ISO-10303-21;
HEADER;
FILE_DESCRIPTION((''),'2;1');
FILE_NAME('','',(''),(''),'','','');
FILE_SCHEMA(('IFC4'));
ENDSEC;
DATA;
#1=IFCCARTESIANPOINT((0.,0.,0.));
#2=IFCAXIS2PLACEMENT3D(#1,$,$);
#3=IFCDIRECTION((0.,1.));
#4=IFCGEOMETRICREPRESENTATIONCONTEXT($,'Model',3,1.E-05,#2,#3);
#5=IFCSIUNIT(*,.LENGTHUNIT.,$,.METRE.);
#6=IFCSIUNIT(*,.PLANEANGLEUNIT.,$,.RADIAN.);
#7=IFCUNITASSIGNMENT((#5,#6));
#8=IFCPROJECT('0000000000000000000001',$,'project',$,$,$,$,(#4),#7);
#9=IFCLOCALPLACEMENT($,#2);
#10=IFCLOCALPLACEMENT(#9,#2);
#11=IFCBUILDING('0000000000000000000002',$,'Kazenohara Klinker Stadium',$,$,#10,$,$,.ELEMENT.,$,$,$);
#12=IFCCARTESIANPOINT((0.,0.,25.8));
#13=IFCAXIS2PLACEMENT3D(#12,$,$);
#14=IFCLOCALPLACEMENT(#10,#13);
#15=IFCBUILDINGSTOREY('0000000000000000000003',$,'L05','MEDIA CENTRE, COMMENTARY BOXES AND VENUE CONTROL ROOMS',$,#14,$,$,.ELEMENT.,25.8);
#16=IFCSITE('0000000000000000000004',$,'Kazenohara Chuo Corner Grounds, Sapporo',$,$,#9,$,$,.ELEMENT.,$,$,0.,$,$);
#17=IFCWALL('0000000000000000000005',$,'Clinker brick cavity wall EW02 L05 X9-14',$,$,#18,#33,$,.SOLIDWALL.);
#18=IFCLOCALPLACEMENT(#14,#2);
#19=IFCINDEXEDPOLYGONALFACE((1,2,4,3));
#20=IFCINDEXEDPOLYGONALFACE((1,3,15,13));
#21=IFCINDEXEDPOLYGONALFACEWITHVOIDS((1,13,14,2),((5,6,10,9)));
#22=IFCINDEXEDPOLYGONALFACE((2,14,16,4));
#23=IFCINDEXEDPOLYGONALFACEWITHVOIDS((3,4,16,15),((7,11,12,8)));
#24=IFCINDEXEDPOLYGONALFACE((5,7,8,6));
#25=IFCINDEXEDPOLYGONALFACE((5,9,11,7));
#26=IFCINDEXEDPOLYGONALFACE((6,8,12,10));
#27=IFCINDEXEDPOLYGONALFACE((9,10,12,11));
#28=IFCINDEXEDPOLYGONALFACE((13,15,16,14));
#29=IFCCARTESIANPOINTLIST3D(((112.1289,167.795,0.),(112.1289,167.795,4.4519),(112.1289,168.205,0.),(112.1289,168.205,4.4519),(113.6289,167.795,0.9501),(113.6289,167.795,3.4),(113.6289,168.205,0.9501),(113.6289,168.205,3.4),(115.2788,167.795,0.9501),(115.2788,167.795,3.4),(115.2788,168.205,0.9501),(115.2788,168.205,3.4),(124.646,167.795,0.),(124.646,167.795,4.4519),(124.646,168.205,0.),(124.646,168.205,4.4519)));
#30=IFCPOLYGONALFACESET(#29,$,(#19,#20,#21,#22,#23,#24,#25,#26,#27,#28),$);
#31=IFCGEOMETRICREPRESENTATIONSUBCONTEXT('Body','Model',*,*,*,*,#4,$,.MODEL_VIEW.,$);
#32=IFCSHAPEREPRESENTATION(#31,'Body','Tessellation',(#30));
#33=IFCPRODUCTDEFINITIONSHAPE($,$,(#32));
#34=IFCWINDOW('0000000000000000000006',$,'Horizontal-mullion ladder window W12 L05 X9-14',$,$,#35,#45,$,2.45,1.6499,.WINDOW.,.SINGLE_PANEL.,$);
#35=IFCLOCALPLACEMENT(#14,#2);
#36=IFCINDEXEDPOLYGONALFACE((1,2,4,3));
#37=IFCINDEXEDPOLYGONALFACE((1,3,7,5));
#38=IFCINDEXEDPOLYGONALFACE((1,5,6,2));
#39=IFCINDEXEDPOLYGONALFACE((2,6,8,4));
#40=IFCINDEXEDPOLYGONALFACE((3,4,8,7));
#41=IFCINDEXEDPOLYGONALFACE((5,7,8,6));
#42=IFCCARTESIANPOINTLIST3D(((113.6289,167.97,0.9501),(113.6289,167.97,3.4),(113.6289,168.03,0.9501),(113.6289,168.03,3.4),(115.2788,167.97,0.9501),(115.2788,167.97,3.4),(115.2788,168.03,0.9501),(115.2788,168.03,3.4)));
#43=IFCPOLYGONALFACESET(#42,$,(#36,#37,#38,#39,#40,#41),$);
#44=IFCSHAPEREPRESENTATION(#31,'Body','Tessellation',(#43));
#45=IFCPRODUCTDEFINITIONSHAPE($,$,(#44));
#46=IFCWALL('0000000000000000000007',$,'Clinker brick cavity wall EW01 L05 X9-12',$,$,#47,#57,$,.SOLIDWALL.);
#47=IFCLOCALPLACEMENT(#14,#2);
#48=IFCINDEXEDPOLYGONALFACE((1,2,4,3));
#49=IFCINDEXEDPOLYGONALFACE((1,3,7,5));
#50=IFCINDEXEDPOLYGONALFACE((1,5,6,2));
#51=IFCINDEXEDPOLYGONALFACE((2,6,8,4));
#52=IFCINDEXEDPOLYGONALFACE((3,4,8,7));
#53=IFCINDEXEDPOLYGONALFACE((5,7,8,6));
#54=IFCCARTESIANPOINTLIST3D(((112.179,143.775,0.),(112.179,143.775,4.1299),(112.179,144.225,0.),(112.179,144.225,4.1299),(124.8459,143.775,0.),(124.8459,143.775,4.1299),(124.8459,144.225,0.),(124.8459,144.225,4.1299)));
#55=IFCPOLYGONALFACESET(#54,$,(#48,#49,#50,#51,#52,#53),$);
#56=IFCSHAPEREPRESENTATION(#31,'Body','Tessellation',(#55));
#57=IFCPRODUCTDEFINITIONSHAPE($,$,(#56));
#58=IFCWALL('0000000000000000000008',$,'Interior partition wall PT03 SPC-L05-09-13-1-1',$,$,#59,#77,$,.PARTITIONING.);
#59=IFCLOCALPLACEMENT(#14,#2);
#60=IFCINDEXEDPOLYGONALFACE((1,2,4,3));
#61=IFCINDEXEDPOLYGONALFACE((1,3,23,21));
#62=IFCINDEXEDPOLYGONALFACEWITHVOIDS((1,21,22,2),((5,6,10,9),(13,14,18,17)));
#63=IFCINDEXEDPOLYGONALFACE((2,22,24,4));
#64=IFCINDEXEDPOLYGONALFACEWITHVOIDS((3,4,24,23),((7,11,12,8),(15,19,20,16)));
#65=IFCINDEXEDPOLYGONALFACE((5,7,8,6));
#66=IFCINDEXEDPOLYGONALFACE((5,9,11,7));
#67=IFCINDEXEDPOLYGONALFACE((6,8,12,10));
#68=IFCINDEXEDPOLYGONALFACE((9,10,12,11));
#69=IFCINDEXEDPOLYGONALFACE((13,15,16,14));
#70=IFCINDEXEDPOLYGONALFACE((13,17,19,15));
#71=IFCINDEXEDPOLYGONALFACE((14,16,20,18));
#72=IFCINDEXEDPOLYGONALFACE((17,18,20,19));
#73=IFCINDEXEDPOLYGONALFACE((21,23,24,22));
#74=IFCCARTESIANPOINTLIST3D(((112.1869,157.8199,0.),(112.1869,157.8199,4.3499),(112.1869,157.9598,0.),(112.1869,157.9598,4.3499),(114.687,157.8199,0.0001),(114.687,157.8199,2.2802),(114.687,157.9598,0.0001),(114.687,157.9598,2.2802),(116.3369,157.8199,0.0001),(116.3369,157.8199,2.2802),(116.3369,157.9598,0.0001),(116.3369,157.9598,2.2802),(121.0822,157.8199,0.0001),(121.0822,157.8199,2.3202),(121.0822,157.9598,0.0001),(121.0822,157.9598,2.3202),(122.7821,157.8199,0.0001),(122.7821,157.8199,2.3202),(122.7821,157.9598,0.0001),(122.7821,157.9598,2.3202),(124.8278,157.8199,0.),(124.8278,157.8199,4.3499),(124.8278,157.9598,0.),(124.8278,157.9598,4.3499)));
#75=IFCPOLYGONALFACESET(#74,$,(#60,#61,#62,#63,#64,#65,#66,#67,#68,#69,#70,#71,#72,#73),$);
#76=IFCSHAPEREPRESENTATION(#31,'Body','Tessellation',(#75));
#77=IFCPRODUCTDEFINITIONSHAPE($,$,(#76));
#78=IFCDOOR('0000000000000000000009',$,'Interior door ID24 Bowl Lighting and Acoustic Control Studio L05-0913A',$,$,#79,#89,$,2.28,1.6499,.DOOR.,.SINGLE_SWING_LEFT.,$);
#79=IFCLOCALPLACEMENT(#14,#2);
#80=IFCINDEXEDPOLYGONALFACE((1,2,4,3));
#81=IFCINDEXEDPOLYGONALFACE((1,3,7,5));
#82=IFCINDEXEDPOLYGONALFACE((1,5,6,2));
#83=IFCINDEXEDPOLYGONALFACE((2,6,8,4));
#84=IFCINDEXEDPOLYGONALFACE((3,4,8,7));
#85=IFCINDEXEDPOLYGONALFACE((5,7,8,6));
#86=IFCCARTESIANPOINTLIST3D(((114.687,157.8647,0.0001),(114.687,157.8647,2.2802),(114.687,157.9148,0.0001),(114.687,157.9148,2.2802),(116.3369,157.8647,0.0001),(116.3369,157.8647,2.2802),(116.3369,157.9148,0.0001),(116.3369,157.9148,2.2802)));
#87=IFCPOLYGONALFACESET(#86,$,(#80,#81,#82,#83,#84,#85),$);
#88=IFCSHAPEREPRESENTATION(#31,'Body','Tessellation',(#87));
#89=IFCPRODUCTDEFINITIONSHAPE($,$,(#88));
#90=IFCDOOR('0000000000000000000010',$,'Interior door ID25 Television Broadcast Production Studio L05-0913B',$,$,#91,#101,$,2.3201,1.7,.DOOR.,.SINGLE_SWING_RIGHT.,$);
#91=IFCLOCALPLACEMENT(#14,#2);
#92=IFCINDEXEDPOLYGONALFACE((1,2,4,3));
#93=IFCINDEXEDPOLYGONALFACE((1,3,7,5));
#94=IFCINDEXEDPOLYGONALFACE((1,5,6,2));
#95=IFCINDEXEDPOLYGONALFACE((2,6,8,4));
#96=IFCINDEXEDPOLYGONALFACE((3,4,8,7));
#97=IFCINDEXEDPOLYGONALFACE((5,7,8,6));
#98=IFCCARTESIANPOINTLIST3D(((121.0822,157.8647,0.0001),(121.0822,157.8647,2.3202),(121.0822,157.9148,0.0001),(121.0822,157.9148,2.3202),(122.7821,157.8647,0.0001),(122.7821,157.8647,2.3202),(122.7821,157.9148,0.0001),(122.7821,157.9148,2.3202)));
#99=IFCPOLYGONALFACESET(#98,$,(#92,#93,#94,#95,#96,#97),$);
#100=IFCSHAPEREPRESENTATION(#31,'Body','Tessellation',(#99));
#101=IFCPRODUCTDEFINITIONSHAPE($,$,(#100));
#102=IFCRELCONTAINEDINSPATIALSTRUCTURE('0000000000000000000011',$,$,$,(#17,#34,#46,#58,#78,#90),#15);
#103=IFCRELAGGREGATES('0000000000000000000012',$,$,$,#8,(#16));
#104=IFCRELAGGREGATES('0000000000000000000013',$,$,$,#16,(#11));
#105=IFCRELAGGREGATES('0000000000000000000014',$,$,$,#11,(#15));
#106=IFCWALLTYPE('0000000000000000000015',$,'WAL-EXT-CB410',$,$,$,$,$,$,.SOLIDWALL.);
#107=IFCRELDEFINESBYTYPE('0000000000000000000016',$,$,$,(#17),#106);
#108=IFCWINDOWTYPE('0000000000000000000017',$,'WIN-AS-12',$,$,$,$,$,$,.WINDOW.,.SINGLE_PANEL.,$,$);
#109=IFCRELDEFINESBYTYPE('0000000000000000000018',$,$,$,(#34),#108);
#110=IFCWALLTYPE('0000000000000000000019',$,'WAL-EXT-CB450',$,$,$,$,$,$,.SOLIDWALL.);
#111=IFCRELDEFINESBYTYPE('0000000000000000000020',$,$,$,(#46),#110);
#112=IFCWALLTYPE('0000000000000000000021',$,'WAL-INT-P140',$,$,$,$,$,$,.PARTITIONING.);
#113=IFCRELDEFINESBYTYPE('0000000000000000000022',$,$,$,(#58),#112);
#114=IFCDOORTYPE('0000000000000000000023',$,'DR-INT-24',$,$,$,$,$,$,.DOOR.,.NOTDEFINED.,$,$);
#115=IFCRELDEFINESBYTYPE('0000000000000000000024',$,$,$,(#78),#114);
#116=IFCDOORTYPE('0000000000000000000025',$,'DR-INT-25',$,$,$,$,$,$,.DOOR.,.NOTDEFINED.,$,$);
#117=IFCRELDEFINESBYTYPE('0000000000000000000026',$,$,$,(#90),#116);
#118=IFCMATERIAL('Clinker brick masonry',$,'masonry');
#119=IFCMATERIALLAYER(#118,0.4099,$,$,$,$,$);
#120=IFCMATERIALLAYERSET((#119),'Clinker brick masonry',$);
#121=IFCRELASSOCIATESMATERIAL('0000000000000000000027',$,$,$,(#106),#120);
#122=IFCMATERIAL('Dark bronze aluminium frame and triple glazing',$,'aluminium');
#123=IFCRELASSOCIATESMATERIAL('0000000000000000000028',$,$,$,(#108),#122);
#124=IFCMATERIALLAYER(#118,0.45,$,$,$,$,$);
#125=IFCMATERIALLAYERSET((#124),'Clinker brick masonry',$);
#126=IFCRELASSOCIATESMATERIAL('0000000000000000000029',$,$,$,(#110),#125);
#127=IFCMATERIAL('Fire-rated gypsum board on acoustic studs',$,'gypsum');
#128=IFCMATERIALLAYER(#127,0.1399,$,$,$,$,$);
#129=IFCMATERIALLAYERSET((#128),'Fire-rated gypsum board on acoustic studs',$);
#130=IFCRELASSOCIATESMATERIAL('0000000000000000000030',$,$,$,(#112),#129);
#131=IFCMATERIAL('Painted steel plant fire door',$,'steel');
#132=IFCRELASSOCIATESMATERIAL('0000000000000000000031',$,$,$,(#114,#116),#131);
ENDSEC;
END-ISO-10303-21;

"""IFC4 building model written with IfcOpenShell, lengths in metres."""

from ifc_helpers import new_model, si_unit, direction, frame, frame_2d, origin, place, context, subcontext, project, spatial, rectangle, extrude, material, layer, layer_set, type_object, element, fill, save


model = new_model("IFC4")

# Units and contexts
model_context = context("Model", 3, precision=1e-05, world=origin(), true_north=direction((0.0, 1.0)))
body_context = subcontext(model_context, "Body", "Model", "MODEL_VIEW")
ifc_project = project(units=[si_unit("LENGTHUNIT", "METRE"), si_unit("PLANEANGLEUNIT", "RADIAN")], contexts=[model_context])

# Site, building, storey
site_placement = place(None, origin())
site = spatial("IfcSite", under=ifc_project, at=site_placement, Name="Kazenohara Chuo Corner Grounds, Sapporo", CompositionType="ELEMENT", RefElevation=0.0)
building_placement = place(site_placement, origin())
building = spatial("IfcBuilding", under=site, at=building_placement, Name="Kazenohara Klinker Stadium", CompositionType="ELEMENT")
storey_placement = place(building_placement, frame((0.0, 0.0, 25.8)))
storey = spatial("IfcBuildingStorey", under=building, at=storey_placement, Name="L05", Description="MEDIA CENTRE, COMMENTARY BOXES AND VENUE CONTROL ROOMS", CompositionType="ELEMENT", Elevation=25.8)

# Shared definitions
ifc_material_1 = material(Name="Clinker brick masonry", Category="masonry")
ifc_material_2 = material(Name="Dark bronze aluminium frame and triple glazing", Category="aluminium")

# Wall, opening, window
ifc_layer_1 = layer(ifc_material_1, 0.4099)
ifc_layer_set_1 = layer_set([ifc_layer_1], Name="Clinker brick masonry")
wall_type_1 = type_object("IfcWallType", Name="WAL-EXT-CB410", PredefinedType="SOLIDWALL", material=ifc_layer_set_1)
wall_1_placement = place(storey_placement, frame((112.1289, 168.0, 0.0), z_axis=(0.0, 0.0, 1.0), x_axis=(1.0, 0.0, 0.0)))
wall_1 = element("IfcWall", 1, at=wall_1_placement, inside=storey, type_object=wall_type_1, Name="Clinker brick cavity wall EW02 L05 X9-14", PredefinedType="SOLIDWALL", context=body_context, shape_type="SweptSolid", body=[
    extrude(rectangle(XDim=12.5171, YDim=0.4099, at=frame_2d((6.2585, 0.0))), origin(), (0.0, 0.0, 1.0), 4.4519),
])
opening_1_placement = place(wall_1_placement, frame((1.5, 0.0, 0.95)))
opening_1 = element("IfcOpeningElement", 2, at=opening_1_placement, cuts=wall_1, PredefinedType="OPENING", context=body_context, shape_type="SweptSolid", body=[
    extrude(rectangle(XDim=1.6499, YDim=2.45, at=frame_2d((0.825, 1.2251))), frame((0.0, 0.2148, 0.0), z_axis=(0.0, -1.0, 0.0), x_axis=(1.0, 0.0, 0.0)), (0.0, 0.0, 1.0), 0.4299),
])
window_type_1 = type_object("IfcWindowType", Name="WIN-AS-12", PartitioningType="SINGLE_PANEL", PredefinedType="WINDOW", material=ifc_material_2)
window_1_placement = place(opening_1_placement, origin())
window_1 = element("IfcWindow", 3, at=window_1_placement, inside=storey, type_object=window_type_1, Name="Horizontal-mullion ladder window W12 L05 X9-14", OverallHeight=2.45, OverallWidth=1.6499, PartitioningType="SINGLE_PANEL", PredefinedType="WINDOW", context=body_context, shape_type="SweptSolid", body=[
    extrude(rectangle(XDim=1.6499, YDim=2.45, at=frame_2d((0.825, 1.2251))), frame((0.0, 0.03, 0.0), z_axis=(0.0, -1.0, 0.0), x_axis=(1.0, 0.0, 0.0)), (0.0, 0.0, 1.0), 0.0601),
])
fill(opening_1, window_1)

# Wall
ifc_layer_2 = layer(ifc_material_1, 0.45)
ifc_layer_set_2 = layer_set([ifc_layer_2], Name="Clinker brick masonry")
wall_type_2 = type_object("IfcWallType", Name="WAL-EXT-CB450", PredefinedType="SOLIDWALL", material=ifc_layer_set_2)
wall_2_placement = place(storey_placement, frame((112.179, 144.0, 0.0), z_axis=(0.0, 0.0, 1.0), x_axis=(1.0, 0.0, 0.0)))
element("IfcWall", 4, at=wall_2_placement, inside=storey, type_object=wall_type_2, Name="Clinker brick cavity wall EW01 L05 X9-12", PredefinedType="SOLIDWALL", context=body_context, shape_type="SweptSolid", body=[
    extrude(rectangle(XDim=12.667, YDim=0.45, at=frame_2d((6.3335, 0.0))), origin(), (0.0, 0.0, 1.0), 4.1299),
])

# Wall, openings, doors
ifc_material_3 = material(Name="Fire-rated gypsum board on acoustic studs", Category="gypsum")
ifc_layer_3 = layer(ifc_material_3, 0.1399)
ifc_layer_set_3 = layer_set([ifc_layer_3], Name="Fire-rated gypsum board on acoustic studs")
wall_type_3 = type_object("IfcWallType", Name="WAL-INT-P140", PredefinedType="PARTITIONING", material=ifc_layer_set_3)
wall_3_placement = place(storey_placement, frame((112.187, 157.8899, 0.0), z_axis=(0.0, 0.0, 1.0), x_axis=(1.0, 0.0, 0.0)))
wall_3 = element("IfcWall", 5, at=wall_3_placement, inside=storey, type_object=wall_type_3, Name="Interior partition wall PT03 SPC-L05-09-13-1-1", PredefinedType="PARTITIONING", context=body_context, shape_type="SweptSolid", body=[
    extrude(rectangle(XDim=12.6409, YDim=0.1399, at=frame_2d((6.3203, 0.0))), origin(), (0.0, 0.0, 1.0), 4.3499),
])
opening_2_placement = place(wall_3_placement, frame((2.5, 0.0, 0.0)))
opening_2 = element("IfcOpeningElement", 6, at=opening_2_placement, cuts=wall_3, PredefinedType="OPENING", context=body_context, shape_type="SweptSolid", body=[
    extrude(rectangle(XDim=1.6499, YDim=2.28, at=frame_2d((0.825, 1.1401))), frame((0.0, 0.0801, 0.0), z_axis=(0.0, -1.0, 0.0), x_axis=(1.0, 0.0, 0.0)), (0.0, 0.0, 1.0), 0.1599),
])
opening_3_placement = place(wall_3_placement, frame((8.895, 0.0, 0.0)))
opening_3 = element("IfcOpeningElement", 7, at=opening_3_placement, cuts=wall_3, PredefinedType="OPENING", context=body_context, shape_type="SweptSolid", body=[
    extrude(rectangle(XDim=1.7, YDim=2.3201, at=frame_2d((0.8501, 1.1602))), frame((0.0, 0.0801, 0.0), z_axis=(0.0, -1.0, 0.0), x_axis=(1.0, 0.0, 0.0)), (0.0, 0.0, 1.0), 0.1599),
])
ifc_material_4 = material(Name="Painted steel plant fire door", Category="steel")
door_type_1 = type_object("IfcDoorType", Name="DR-INT-24", OperationType="NOTDEFINED", PredefinedType="DOOR", material=ifc_material_4)
door_1_placement = place(opening_2_placement, origin())
door_1 = element("IfcDoor", 8, at=door_1_placement, inside=storey, type_object=door_type_1, Name="Interior door ID24 Bowl Lighting and Acoustic Control Studio L05-0913A", OperationType="SINGLE_SWING_LEFT", OverallHeight=2.28, OverallWidth=1.6499, PredefinedType="DOOR", context=body_context, shape_type="SweptSolid", body=[
    extrude(rectangle(XDim=1.6499, YDim=2.28, at=frame_2d((0.825, 1.1401))), frame((0.0, 0.0249, 0.0), z_axis=(0.0, -1.0, 0.0), x_axis=(1.0, 0.0, 0.0)), (0.0, 0.0, 1.0), 0.05),
])
fill(opening_2, door_1)
door_type_2 = type_object("IfcDoorType", Name="DR-INT-25", OperationType="NOTDEFINED", PredefinedType="DOOR", material=ifc_material_4)
door_2_placement = place(opening_3_placement, origin())
door_2 = element("IfcDoor", 9, at=door_2_placement, inside=storey, type_object=door_type_2, Name="Interior door ID25 Television Broadcast Production Studio L05-0913B", OperationType="SINGLE_SWING_RIGHT", OverallHeight=2.3201, OverallWidth=1.7, PredefinedType="DOOR", context=body_context, shape_type="SweptSolid", body=[
    extrude(rectangle(XDim=1.7, YDim=2.3201, at=frame_2d((0.8501, 1.1602))), frame((0.0, 0.0249, 0.0), z_axis=(0.0, -1.0, 0.0), x_axis=(1.0, 0.0, 0.0)), (0.0, 0.0, 1.0), 0.05),
])
fill(opening_3, door_2)

save(model, "model.ifc")
